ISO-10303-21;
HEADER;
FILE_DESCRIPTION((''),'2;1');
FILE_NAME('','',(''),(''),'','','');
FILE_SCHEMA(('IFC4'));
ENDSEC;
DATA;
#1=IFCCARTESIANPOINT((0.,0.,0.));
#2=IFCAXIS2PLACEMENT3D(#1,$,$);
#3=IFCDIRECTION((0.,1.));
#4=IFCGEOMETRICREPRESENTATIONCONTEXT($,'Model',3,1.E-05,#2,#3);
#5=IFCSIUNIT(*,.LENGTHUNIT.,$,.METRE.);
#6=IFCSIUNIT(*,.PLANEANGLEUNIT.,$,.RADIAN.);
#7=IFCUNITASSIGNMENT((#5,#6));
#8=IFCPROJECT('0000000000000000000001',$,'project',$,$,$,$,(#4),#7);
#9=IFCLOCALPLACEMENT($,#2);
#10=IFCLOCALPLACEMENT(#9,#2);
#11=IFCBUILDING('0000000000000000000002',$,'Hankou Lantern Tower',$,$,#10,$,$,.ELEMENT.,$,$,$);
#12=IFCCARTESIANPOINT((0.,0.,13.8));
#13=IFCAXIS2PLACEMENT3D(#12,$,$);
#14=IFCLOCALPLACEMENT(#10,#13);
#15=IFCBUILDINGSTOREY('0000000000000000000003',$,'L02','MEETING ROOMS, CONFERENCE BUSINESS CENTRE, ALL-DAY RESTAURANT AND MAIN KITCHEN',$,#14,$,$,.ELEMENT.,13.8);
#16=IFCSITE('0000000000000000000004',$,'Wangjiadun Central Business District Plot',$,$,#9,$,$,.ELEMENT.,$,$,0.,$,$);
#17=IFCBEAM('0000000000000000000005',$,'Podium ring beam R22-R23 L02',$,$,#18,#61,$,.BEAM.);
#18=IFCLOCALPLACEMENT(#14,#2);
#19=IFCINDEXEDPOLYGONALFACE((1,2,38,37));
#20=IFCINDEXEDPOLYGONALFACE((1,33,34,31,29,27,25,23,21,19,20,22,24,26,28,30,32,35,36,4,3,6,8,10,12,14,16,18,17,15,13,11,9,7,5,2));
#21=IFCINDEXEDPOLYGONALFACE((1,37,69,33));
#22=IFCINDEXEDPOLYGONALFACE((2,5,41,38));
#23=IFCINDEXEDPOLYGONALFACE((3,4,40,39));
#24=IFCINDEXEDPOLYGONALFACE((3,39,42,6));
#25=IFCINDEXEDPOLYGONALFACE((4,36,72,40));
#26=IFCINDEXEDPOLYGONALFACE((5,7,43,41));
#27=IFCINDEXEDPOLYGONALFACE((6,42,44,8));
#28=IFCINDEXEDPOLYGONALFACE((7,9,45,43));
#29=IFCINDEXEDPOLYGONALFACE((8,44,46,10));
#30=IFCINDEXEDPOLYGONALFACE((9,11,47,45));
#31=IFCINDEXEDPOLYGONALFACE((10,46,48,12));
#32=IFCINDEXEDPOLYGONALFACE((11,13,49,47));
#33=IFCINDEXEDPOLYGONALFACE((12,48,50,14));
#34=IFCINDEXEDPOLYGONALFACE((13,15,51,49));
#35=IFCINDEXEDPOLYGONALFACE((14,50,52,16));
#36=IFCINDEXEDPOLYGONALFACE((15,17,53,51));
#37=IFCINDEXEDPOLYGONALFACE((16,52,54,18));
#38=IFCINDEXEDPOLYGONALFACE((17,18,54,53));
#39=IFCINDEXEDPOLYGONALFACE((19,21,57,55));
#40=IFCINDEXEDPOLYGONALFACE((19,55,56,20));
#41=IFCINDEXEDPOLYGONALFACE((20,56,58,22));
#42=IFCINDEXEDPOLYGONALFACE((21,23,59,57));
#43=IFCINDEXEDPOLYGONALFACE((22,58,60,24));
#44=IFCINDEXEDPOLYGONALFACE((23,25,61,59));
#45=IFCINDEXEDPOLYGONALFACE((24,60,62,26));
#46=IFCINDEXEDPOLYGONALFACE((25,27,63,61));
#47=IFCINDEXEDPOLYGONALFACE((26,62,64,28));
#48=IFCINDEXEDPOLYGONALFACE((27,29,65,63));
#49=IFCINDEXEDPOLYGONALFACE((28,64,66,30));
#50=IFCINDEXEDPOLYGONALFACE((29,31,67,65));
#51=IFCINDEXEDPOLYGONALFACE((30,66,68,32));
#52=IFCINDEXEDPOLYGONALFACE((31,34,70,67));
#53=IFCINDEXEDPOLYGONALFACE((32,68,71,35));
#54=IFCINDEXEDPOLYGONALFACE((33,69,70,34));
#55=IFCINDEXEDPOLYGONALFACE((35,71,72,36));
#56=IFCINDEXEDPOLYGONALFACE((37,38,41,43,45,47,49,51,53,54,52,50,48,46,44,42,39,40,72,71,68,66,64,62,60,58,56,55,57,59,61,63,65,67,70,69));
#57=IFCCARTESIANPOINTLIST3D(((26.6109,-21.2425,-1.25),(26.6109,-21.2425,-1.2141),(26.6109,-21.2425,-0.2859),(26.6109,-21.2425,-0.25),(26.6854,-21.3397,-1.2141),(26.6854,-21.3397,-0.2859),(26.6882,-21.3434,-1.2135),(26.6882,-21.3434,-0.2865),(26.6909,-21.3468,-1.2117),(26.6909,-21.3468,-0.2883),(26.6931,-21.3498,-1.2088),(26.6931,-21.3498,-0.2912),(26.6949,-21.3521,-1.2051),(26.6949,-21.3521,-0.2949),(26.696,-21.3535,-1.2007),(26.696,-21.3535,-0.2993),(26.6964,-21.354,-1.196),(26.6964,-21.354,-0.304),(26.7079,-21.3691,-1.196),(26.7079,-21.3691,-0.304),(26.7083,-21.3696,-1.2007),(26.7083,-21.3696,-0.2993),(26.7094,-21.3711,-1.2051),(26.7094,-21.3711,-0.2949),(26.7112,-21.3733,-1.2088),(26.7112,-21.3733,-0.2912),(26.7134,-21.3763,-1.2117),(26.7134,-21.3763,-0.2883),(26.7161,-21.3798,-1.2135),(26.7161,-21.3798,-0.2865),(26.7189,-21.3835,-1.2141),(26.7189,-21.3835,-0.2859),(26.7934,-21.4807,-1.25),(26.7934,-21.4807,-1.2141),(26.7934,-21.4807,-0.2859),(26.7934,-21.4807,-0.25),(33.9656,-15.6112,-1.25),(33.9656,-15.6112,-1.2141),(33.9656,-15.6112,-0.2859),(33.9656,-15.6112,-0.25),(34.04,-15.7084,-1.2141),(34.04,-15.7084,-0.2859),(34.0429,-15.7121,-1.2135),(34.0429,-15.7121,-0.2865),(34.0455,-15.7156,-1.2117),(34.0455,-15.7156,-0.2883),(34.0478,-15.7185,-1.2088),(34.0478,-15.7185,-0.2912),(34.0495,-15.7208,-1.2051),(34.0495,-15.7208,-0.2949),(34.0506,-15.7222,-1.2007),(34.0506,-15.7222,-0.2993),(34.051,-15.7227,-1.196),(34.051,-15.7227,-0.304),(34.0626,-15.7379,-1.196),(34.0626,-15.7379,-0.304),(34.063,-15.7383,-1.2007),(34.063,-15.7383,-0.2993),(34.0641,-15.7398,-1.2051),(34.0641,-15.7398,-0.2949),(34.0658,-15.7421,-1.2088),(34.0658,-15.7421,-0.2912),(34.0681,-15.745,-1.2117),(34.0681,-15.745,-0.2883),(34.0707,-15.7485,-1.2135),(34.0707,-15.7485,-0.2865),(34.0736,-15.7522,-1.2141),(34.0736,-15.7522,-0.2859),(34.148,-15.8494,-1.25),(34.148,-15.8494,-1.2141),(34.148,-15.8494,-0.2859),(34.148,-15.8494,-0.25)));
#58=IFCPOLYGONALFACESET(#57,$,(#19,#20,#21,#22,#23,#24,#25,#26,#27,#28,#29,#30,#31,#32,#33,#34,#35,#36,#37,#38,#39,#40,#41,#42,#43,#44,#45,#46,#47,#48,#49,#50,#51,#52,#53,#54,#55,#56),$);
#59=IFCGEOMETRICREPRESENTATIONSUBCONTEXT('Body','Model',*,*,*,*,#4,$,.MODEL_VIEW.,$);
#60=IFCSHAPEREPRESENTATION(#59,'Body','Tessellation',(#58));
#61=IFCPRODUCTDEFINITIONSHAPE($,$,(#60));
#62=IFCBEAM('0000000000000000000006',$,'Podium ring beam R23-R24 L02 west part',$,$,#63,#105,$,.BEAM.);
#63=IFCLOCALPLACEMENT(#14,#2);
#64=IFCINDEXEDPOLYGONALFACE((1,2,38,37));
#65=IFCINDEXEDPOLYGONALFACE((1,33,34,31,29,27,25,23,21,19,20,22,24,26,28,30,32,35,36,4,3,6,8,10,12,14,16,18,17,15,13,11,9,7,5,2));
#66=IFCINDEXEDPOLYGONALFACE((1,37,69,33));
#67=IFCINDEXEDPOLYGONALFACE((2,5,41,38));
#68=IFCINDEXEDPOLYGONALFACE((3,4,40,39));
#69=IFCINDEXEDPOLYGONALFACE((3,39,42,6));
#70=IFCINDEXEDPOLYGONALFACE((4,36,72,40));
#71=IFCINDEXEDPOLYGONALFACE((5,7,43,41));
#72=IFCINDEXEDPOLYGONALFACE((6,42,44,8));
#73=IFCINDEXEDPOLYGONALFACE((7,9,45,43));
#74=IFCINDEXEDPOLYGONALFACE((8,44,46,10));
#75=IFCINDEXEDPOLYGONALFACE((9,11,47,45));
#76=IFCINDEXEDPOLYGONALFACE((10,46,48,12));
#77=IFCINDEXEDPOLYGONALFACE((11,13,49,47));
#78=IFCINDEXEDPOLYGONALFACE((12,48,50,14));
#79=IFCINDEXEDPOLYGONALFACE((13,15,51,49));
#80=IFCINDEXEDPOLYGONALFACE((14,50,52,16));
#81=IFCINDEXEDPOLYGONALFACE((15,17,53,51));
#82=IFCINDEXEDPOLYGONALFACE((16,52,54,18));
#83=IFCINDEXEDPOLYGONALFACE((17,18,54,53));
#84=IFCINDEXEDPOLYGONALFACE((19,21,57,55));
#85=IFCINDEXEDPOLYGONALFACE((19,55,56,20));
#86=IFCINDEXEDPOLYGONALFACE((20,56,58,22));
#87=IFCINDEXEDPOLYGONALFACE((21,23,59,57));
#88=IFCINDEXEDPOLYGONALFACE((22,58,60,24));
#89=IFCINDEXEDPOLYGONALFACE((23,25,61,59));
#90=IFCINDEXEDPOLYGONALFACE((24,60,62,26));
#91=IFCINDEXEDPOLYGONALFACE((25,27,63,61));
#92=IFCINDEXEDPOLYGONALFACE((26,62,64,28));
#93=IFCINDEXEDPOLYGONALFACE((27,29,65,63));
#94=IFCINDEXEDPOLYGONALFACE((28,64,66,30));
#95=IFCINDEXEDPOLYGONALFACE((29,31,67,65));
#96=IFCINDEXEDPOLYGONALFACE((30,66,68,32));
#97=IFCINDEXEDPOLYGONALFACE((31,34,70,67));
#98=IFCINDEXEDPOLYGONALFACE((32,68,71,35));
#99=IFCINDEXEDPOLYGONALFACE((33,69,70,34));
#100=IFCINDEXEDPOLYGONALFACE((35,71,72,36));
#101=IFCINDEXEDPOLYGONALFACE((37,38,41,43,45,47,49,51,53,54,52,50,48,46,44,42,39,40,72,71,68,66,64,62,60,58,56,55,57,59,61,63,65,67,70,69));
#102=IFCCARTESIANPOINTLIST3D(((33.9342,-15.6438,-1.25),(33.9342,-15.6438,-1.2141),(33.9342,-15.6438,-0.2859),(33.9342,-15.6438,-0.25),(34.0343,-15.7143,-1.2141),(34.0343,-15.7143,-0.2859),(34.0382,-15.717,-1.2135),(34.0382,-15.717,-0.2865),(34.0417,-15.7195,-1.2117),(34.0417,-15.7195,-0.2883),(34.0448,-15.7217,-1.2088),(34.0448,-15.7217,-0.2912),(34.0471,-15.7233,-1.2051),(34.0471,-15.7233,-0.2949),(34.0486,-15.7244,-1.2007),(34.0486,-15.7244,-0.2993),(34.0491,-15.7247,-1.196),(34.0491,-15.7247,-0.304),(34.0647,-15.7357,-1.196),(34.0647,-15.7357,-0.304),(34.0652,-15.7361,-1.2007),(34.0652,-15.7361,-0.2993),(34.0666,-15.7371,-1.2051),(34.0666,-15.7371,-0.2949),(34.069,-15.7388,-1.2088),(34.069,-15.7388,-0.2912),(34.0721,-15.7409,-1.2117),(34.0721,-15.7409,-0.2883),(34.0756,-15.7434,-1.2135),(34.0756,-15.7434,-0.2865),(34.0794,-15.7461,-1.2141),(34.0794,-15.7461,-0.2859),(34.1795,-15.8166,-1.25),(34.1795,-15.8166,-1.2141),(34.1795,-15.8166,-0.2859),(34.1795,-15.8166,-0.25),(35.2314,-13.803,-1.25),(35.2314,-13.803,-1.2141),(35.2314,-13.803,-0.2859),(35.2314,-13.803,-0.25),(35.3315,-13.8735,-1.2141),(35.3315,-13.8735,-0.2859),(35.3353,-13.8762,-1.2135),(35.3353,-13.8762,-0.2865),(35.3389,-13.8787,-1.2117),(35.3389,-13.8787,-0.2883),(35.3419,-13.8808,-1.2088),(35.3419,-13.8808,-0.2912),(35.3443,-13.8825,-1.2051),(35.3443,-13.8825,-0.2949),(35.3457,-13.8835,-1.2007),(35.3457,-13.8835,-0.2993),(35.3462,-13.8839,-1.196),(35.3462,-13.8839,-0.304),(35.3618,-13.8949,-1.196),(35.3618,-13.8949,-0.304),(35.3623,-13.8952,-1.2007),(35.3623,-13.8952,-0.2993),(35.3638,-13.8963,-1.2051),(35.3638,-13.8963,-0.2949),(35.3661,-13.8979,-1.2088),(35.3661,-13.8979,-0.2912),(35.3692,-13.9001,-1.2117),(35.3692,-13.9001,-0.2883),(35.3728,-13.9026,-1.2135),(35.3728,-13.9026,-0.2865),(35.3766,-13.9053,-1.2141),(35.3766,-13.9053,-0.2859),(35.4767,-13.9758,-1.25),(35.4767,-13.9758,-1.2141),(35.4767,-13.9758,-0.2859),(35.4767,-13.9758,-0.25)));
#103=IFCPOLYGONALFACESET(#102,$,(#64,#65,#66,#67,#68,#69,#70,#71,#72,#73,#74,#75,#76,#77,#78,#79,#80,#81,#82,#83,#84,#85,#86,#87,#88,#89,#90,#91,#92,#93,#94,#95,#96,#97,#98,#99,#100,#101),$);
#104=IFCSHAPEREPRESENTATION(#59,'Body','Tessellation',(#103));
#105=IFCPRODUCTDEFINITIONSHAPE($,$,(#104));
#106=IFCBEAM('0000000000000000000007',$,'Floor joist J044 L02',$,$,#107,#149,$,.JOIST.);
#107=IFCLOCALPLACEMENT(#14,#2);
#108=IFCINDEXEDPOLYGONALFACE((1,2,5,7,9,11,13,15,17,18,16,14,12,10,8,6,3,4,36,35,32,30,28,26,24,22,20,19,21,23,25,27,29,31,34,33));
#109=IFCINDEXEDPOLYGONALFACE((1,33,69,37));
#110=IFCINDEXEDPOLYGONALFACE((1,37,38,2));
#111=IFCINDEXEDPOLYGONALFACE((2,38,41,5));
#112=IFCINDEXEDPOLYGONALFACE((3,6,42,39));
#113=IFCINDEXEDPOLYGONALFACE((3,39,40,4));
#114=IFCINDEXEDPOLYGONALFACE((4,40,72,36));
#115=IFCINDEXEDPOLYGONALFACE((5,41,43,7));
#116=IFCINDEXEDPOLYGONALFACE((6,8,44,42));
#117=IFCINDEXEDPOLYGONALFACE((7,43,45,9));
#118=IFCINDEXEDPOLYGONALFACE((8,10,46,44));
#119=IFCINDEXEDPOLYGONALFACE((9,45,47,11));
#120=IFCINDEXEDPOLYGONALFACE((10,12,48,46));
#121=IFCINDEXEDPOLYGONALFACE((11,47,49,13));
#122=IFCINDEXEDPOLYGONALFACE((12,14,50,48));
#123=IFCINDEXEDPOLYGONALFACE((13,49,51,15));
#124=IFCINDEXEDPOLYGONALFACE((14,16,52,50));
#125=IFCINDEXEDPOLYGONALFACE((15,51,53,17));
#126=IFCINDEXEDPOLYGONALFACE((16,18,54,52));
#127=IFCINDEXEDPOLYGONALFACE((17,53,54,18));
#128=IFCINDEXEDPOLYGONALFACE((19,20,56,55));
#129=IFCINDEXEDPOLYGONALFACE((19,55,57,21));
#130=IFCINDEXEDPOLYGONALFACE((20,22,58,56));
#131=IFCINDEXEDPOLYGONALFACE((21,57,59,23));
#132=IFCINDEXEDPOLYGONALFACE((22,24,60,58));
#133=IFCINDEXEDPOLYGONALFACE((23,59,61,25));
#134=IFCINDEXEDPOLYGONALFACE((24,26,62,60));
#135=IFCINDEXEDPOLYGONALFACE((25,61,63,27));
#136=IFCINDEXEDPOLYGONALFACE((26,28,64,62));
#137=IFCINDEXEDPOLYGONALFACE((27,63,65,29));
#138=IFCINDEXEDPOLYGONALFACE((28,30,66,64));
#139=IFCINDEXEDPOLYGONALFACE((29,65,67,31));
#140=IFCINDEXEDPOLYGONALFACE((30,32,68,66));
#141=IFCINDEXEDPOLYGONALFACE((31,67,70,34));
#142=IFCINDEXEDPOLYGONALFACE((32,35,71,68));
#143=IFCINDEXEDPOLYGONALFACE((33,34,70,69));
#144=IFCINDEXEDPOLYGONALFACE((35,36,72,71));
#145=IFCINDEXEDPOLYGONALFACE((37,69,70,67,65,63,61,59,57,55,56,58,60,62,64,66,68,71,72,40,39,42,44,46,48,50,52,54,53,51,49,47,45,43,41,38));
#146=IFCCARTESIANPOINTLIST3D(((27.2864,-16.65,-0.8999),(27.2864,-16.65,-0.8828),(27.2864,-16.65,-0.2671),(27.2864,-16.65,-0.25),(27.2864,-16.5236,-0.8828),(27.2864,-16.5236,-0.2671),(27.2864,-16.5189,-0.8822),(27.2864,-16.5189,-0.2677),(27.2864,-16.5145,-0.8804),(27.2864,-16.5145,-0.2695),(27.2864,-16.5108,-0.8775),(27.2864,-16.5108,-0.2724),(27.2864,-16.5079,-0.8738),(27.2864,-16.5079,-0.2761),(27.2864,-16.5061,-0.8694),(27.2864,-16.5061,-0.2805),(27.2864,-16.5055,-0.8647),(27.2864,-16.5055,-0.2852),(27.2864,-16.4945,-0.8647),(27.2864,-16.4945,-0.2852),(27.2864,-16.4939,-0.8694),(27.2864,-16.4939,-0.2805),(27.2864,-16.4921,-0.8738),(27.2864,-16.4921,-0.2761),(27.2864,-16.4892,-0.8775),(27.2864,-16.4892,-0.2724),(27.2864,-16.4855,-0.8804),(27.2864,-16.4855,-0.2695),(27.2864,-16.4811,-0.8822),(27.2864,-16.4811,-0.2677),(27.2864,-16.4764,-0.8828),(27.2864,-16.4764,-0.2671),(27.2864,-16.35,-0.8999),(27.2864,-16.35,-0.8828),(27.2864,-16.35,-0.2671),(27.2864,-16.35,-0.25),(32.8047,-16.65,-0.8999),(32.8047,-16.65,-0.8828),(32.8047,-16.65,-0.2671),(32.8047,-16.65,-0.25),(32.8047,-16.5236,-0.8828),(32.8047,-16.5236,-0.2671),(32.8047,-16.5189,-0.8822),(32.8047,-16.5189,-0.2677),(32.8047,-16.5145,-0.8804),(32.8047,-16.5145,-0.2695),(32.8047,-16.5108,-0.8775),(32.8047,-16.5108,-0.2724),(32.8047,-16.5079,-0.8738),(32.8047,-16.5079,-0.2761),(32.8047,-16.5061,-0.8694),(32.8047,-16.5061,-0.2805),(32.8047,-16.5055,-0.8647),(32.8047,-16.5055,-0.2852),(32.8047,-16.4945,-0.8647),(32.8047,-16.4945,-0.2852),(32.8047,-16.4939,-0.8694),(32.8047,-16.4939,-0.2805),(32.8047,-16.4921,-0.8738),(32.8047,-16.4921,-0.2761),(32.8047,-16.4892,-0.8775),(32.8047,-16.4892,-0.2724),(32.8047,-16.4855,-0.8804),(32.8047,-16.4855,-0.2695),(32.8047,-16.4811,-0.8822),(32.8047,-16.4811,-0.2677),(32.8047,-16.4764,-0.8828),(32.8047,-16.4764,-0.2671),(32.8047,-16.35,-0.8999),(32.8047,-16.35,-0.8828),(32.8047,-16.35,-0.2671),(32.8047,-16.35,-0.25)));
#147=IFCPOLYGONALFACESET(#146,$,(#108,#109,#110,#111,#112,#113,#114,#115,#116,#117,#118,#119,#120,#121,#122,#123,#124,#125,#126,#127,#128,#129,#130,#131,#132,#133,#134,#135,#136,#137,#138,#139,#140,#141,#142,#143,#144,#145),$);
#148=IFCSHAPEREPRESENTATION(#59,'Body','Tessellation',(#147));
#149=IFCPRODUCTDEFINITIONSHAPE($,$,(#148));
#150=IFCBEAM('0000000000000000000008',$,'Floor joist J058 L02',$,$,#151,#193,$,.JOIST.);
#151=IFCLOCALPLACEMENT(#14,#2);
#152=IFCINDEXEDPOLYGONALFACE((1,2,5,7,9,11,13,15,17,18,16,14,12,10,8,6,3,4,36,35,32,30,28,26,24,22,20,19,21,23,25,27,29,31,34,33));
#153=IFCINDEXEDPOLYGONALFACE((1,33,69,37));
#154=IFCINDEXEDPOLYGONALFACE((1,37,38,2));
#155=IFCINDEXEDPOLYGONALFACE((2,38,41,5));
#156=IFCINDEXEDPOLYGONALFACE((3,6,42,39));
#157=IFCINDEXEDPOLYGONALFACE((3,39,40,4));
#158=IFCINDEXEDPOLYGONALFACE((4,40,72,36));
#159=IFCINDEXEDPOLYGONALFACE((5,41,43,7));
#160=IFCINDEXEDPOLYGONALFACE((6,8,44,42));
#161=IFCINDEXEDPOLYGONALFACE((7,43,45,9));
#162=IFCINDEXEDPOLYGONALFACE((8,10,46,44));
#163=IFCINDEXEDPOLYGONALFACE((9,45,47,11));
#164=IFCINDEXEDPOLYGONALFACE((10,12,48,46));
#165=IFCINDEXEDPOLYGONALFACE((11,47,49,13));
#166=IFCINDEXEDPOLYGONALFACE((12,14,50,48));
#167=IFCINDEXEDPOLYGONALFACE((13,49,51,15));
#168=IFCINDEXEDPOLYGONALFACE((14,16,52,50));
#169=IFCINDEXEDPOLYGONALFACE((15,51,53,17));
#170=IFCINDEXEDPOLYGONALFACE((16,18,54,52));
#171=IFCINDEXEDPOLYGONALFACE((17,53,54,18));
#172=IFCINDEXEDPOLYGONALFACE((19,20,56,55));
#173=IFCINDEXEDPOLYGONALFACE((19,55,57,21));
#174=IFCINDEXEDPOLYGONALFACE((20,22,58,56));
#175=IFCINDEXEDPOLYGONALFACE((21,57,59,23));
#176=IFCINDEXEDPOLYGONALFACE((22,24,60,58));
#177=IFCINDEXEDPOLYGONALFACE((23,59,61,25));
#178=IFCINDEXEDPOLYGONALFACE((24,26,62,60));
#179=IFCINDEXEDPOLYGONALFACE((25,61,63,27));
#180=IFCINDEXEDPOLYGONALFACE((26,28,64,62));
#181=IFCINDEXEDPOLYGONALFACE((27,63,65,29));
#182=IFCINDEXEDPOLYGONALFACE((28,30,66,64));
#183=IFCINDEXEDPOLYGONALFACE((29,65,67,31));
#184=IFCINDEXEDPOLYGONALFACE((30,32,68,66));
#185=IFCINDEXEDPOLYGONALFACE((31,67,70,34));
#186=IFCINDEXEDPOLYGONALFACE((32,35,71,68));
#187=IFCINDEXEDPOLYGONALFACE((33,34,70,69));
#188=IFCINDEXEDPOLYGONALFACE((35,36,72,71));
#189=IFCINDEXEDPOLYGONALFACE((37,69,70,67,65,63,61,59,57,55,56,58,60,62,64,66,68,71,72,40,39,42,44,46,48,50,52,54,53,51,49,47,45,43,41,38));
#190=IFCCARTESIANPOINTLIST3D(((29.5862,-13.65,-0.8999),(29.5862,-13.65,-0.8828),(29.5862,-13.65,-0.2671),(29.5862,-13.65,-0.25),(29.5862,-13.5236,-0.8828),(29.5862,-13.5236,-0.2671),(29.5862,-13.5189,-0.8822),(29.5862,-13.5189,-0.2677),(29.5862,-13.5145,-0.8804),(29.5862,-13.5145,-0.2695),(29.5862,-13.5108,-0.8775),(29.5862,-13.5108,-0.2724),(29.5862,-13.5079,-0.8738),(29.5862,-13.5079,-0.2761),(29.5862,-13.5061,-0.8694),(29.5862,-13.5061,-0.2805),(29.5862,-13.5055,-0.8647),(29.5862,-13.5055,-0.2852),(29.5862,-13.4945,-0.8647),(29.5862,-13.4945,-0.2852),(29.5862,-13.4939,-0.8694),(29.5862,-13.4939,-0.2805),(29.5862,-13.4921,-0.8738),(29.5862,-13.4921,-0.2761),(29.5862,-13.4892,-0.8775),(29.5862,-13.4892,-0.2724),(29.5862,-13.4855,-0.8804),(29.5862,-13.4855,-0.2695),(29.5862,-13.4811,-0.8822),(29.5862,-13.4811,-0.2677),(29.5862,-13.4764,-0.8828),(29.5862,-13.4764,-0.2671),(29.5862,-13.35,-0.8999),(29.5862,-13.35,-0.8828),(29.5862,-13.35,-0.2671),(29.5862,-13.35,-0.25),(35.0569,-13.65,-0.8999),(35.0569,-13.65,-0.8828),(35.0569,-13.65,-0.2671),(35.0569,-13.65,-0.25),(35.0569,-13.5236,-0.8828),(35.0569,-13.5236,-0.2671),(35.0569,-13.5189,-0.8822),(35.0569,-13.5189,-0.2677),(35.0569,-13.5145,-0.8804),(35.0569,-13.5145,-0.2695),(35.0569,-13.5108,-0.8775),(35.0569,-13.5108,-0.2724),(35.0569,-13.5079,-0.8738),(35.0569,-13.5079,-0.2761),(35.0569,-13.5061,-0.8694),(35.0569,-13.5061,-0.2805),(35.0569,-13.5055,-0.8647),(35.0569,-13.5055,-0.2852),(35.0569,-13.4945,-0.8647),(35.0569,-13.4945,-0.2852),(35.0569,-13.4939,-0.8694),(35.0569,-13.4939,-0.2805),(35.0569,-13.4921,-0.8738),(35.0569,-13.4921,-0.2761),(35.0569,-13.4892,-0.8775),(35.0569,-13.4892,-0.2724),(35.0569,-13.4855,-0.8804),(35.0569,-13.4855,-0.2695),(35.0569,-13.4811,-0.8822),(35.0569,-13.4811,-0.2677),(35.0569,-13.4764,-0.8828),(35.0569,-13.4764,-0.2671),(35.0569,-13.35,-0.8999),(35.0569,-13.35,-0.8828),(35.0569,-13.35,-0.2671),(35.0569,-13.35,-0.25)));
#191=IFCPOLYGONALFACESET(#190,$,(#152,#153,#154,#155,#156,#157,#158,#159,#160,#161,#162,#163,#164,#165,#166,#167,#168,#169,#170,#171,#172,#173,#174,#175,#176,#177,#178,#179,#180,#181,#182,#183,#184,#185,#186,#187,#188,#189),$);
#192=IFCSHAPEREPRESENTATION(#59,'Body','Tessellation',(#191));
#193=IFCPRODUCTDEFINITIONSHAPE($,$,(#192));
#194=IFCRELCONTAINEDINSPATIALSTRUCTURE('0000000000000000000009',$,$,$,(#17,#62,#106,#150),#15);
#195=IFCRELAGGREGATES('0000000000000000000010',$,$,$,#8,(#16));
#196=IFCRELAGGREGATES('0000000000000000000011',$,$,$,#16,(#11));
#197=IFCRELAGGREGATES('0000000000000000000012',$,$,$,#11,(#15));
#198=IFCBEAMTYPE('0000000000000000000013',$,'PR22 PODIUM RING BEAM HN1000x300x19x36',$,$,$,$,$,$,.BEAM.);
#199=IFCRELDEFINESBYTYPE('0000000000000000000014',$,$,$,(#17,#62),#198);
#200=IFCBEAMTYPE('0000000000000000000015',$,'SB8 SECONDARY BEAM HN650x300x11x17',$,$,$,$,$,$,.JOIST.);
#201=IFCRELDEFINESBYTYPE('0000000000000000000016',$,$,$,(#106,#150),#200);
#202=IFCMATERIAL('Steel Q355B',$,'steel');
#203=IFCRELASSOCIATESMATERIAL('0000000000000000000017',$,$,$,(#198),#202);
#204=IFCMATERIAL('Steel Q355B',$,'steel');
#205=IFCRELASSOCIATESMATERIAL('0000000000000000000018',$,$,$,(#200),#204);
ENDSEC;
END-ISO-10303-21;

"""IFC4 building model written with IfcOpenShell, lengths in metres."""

from ifc_helpers import new_model, si_unit, direction, frame, origin, origin_2d, place, context, subcontext, project, spatial, i_section, extrude, material, material_profile, profile_set, type_object, element, save


model = new_model("IFC4")

# Units and contexts
model_context = context("Model", 3, precision=1e-05, world=origin(), true_north=direction((0.0, 1.0)))
body_context = subcontext(model_context, "Body", "Model", "MODEL_VIEW")
ifc_project = project(units=[si_unit("LENGTHUNIT", "METRE"), si_unit("PLANEANGLEUNIT", "RADIAN")], contexts=[model_context])

# Site, building, storey
site_placement = place(None, origin())
site = spatial("IfcSite", under=ifc_project, at=site_placement, Name="Wangjiadun Central Business District Plot", CompositionType="ELEMENT", RefElevation=0.0)
building_placement = place(site_placement, origin())
building = spatial("IfcBuilding", under=site, at=building_placement, Name="Hankou Lantern Tower", CompositionType="ELEMENT")
storey_placement = place(building_placement, frame((0.0, 0.0, 13.8)))
storey = spatial("IfcBuildingStorey", under=building, at=storey_placement, Name="L02", Description="MEETING ROOMS, CONFERENCE BUSINESS CENTRE, ALL-DAY RESTAURANT AND MAIN KITCHEN", CompositionType="ELEMENT", Elevation=13.8)

# Beams
ifc_material_1 = material(Name="Steel Q355B", Category="steel")
ifc_material_profile_1 = material_profile(ifc_material_1, i_section(OverallWidth=0.3, OverallDepth=1.0, WebThickness=0.019, FlangeThickness=0.0359, FilletRadius=0.0181, at=origin_2d()), Name="HN1000x300x19x36")
ifc_profile_set_1 = profile_set([ifc_material_profile_1], Name="Steel Q355B")
beam_type_1 = type_object("IfcBeamType", Name="PR22 PODIUM RING BEAM HN1000x300x19x36", PredefinedType="BEAM", material=ifc_profile_set_1)
beam_1_placement = place(storey_placement, frame((26.7021, -21.3616, -0.75), z_axis=(0.793986, 0.607936, 0.0), x_axis=(-0.607936, 0.793986, 0.0)))
element("IfcBeam", 1, at=beam_1_placement, inside=storey, type_object=beam_type_1, Name="Podium ring beam R22-R23 L02", PredefinedType="BEAM", context=body_context, shape_type="SweptSolid", body=[
    extrude(i_section(OverallWidth=0.3, OverallDepth=1.0, WebThickness=0.019, FlangeThickness=0.0359, FilletRadius=0.0181, at=origin_2d()), origin(), (0.0, 0.0, 1.0), 9.2629),
])
beam_2_placement = place(storey_placement, frame((34.0569, -15.7302, -0.75), z_axis=(0.576006, 0.817445, 0.0), x_axis=(-0.817445, 0.576006, 0.0)))
element("IfcBeam", 2, at=beam_2_placement, inside=storey, type_object=beam_type_1, Name="Podium ring beam R23-R24 L02 west part", PredefinedType="BEAM", context=body_context, shape_type="SweptSolid", body=[
    extrude(i_section(OverallWidth=0.3, OverallDepth=1.0, WebThickness=0.019, FlangeThickness=0.0359, FilletRadius=0.0181, at=origin_2d()), origin(), (0.0, 0.0, 1.0), 2.252),
])
ifc_material_2 = material(Name="Steel Q355B", Category="steel")
ifc_material_profile_2 = material_profile(ifc_material_2, i_section(OverallWidth=0.3, OverallDepth=0.6499, WebThickness=0.011, FlangeThickness=0.0171, FilletRadius=0.0181, at=origin_2d()), Name="HN650x300x11x17")
ifc_profile_set_2 = profile_set([ifc_material_profile_2], Name="Steel Q355B")
beam_type_2 = type_object("IfcBeamType", Name="SB8 SECONDARY BEAM HN650x300x11x17", PredefinedType="JOIST", material=ifc_profile_set_2)
beam_3_placement = place(storey_placement, frame((27.2864, -16.5, -0.575), z_axis=(1.0, 0.0, 0.0), x_axis=(0.0, 1.0, 0.0)))
element("IfcBeam", 3, at=beam_3_placement, inside=storey, type_object=beam_type_2, Name="Floor joist J044 L02", PredefinedType="JOIST", context=body_context, shape_type="SweptSolid", body=[
    extrude(i_section(OverallWidth=0.3, OverallDepth=0.6499, WebThickness=0.011, FlangeThickness=0.0171, FilletRadius=0.0181, at=origin_2d()), origin(), (0.0, 0.0, 1.0), 5.5183),
])
beam_4_placement = place(storey_placement, frame((29.5862, -13.5, -0.575), z_axis=(1.0, 0.0, 0.0), x_axis=(0.0, 1.0, 0.0)))
element("IfcBeam", 4, at=beam_4_placement, inside=storey, type_object=beam_type_2, Name="Floor joist J058 L02", PredefinedType="JOIST", context=body_context, shape_type="SweptSolid", body=[
    extrude(i_section(OverallWidth=0.3, OverallDepth=0.6499, WebThickness=0.011, FlangeThickness=0.0171, FilletRadius=0.0181, at=origin_2d()), origin(), (0.0, 0.0, 1.0), 5.4707),
])

save(model, "model.ifc")
